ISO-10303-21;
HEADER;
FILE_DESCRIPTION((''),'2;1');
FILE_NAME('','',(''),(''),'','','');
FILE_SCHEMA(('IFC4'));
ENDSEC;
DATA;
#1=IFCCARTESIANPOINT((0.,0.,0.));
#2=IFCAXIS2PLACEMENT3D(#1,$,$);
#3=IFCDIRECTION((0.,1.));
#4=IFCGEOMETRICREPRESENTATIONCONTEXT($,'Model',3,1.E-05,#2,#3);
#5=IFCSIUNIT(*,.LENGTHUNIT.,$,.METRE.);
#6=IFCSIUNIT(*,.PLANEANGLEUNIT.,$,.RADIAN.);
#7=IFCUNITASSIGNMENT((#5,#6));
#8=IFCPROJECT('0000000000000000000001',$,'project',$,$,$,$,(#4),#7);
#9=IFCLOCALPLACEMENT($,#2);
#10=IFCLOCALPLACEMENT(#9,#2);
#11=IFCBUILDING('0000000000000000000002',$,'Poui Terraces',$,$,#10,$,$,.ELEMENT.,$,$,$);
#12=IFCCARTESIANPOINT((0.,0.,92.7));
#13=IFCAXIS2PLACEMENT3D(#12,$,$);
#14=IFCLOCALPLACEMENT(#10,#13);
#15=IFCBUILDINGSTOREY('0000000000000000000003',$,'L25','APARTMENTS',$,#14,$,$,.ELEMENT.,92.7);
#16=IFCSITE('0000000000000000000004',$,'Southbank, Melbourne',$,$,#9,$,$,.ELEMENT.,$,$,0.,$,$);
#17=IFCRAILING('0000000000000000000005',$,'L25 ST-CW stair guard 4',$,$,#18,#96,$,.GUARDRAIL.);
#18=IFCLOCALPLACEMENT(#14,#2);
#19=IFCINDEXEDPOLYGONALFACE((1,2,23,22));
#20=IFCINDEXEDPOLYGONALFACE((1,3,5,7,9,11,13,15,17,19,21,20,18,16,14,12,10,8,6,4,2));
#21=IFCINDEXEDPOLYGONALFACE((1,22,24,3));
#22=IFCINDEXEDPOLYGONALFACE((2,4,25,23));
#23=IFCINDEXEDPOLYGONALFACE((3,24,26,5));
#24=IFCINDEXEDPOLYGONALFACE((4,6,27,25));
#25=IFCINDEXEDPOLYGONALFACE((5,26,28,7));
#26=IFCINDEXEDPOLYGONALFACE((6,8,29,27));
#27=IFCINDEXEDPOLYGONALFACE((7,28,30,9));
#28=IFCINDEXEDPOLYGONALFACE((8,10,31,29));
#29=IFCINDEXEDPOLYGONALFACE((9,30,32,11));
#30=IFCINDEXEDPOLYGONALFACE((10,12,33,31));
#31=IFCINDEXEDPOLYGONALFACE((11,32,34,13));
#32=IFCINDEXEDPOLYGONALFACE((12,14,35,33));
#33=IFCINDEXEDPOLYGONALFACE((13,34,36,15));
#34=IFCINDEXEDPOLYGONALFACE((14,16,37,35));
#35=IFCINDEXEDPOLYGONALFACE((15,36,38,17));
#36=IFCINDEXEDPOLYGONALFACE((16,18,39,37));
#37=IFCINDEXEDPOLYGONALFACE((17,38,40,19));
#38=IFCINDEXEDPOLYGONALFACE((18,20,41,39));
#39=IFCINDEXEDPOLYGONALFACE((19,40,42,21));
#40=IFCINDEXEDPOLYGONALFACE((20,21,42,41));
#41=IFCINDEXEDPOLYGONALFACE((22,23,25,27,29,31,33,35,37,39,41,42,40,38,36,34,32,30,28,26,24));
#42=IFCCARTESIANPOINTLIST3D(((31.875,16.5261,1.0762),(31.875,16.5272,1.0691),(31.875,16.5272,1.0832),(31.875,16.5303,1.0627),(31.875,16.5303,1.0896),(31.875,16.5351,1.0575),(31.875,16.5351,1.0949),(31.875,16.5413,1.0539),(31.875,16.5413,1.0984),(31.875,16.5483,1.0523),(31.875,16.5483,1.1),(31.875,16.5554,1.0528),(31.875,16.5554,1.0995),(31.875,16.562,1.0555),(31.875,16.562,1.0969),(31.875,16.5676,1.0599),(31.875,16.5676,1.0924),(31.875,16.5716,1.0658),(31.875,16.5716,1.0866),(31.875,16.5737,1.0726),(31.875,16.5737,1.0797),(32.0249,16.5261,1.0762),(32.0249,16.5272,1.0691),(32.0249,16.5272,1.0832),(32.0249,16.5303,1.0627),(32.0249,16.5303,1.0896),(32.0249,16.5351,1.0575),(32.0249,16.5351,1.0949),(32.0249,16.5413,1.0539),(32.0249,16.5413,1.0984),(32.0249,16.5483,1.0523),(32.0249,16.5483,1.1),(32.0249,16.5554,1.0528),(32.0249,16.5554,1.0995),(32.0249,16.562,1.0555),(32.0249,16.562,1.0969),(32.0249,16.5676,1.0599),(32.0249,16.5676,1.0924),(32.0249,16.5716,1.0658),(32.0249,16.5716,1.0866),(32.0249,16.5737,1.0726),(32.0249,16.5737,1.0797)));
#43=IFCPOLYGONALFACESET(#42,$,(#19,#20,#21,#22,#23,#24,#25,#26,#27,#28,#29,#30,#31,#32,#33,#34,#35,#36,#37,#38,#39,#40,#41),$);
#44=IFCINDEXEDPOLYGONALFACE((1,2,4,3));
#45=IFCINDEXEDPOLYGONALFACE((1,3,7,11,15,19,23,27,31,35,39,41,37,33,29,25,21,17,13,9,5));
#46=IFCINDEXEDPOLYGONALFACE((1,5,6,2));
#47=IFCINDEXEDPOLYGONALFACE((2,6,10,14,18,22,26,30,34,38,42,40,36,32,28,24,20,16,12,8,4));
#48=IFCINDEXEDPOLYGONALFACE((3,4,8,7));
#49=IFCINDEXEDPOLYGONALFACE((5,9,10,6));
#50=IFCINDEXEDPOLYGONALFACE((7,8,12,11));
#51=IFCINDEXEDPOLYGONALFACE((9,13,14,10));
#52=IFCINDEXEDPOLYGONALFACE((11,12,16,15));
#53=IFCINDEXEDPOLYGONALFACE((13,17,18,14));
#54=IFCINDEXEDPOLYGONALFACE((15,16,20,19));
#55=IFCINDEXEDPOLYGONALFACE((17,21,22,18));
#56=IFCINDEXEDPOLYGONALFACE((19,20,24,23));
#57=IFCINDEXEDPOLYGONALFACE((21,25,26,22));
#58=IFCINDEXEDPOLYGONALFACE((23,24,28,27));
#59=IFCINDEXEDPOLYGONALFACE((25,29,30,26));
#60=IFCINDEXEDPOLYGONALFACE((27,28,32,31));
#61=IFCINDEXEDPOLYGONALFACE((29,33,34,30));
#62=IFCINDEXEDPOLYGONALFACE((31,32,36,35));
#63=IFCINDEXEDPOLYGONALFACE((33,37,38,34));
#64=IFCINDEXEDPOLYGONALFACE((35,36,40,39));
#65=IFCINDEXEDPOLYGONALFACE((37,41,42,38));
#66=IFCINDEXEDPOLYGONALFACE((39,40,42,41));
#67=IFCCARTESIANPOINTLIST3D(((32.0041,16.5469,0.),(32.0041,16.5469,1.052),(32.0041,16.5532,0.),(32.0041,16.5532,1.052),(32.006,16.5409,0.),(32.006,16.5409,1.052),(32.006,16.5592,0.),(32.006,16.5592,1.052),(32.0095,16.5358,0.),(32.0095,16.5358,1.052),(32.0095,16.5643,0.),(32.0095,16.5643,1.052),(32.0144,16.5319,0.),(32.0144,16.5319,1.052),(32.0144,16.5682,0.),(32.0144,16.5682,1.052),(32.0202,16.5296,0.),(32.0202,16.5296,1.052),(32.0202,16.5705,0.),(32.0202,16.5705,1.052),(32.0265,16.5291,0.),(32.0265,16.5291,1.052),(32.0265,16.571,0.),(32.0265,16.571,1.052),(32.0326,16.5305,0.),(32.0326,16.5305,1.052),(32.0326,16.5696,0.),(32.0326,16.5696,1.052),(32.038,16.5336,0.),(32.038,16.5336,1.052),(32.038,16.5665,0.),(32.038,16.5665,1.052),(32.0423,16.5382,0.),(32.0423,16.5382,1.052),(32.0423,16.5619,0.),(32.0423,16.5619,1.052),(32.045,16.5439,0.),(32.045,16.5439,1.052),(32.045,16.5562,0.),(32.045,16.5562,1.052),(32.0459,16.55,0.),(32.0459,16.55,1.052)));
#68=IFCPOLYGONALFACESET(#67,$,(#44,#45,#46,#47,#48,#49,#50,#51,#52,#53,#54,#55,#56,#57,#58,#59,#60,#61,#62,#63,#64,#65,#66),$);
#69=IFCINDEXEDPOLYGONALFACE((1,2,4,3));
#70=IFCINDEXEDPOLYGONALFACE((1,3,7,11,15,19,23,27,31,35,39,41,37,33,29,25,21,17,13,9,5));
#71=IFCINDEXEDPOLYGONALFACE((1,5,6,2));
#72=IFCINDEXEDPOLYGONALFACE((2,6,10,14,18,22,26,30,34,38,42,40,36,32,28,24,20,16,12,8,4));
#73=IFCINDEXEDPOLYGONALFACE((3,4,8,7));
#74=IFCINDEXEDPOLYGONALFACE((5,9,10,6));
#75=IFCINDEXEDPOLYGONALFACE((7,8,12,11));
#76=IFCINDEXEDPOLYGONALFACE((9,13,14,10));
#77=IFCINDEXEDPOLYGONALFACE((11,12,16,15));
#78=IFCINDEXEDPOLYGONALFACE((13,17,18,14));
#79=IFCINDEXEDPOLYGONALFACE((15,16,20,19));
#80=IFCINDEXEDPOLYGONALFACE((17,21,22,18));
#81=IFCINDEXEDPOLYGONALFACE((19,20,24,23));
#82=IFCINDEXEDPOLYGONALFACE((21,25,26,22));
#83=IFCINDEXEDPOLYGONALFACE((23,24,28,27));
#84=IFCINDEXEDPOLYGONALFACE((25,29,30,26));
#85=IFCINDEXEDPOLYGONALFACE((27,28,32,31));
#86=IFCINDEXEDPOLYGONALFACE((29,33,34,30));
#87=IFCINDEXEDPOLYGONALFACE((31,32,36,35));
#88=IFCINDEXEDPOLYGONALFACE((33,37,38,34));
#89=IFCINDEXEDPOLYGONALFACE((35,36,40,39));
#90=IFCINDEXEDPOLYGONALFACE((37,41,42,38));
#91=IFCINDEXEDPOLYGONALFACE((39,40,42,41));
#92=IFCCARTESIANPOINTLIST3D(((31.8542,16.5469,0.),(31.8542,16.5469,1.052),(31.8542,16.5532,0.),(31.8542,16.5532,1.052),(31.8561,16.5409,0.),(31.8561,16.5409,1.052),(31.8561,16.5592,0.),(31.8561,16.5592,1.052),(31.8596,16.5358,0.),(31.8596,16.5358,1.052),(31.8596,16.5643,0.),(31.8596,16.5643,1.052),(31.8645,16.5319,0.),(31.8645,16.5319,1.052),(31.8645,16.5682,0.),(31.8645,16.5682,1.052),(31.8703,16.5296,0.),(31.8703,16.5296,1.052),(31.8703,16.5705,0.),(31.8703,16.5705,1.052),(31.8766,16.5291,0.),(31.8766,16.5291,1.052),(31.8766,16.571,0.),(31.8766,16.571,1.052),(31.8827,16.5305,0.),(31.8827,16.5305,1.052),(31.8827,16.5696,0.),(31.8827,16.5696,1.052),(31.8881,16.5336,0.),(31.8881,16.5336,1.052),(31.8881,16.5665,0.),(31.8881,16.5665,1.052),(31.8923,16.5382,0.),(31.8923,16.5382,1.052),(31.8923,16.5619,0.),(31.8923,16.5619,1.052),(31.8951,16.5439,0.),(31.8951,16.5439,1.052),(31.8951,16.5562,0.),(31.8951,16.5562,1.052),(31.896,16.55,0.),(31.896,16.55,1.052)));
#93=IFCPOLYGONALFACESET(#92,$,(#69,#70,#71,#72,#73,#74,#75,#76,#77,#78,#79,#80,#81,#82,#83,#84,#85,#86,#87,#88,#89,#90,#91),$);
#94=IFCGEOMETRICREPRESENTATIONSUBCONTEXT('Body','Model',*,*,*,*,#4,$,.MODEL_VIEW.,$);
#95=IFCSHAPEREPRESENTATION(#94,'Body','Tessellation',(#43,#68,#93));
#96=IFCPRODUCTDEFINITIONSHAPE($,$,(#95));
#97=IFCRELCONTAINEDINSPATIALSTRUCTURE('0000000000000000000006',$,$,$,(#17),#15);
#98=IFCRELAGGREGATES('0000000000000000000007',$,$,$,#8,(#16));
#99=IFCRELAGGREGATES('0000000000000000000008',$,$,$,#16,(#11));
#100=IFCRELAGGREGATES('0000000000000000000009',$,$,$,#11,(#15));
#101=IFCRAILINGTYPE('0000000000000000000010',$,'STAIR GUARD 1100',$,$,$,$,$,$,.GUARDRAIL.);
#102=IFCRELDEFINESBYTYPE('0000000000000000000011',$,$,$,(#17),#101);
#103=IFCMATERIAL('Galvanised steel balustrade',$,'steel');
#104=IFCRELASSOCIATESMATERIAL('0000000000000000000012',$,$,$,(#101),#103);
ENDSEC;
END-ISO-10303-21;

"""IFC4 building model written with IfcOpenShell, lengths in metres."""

from ifc_helpers import new_model, si_unit, direction, frame, origin, origin_2d, place, context, subcontext, project, spatial, circle, extrude, material, type_object, element, save


model = new_model("IFC4")

# Units and contexts
model_context = context("Model", 3, precision=1e-05, world=origin(), true_north=direction((0.0, 1.0)))
body_context = subcontext(model_context, "Body", "Model", "MODEL_VIEW")
ifc_project = project(units=[si_unit("LENGTHUNIT", "METRE"), si_unit("PLANEANGLEUNIT", "RADIAN")], contexts=[model_context])

# Site, building, storey
site_placement = place(None, origin())
site = spatial("IfcSite", under=ifc_project, at=site_placement, Name="Southbank, Melbourne", CompositionType="ELEMENT", RefElevation=0.0)
building_placement = place(site_placement, origin())
building = spatial("IfcBuilding", under=site, at=building_placement, Name="Poui Terraces", CompositionType="ELEMENT")
storey_placement = place(building_placement, frame((0.0, 0.0, 92.7)))
storey = spatial("IfcBuildingStorey", under=building, at=storey_placement, Name="L25", Description="APARTMENTS", CompositionType="ELEMENT", Elevation=92.7)

# Railing
ifc_material_1 = material(Name="Galvanised steel balustrade", Category="steel")
railing_type_1 = type_object("IfcRailingType", Name="STAIR GUARD 1100", PredefinedType="GUARDRAIL", material=ifc_material_1)
railing_1_placement = place(storey_placement, frame((32.0249, 16.55, 0.0)))
element("IfcRailing", 1, at=railing_1_placement, inside=storey, type_object=railing_type_1, Name="L25 ST-CW stair guard 4", PredefinedType="GUARDRAIL", context=body_context, shape_type="SweptSolid", body=[
    extrude(circle(Radius=0.0239, at=origin_2d()), frame((0.0, 0.0, 1.0762), z_axis=(-1.0, 0.0, 0.0), x_axis=(0.0, -1.0, 0.0)), (0.0, 0.0, 1.0), 0.1499),
    extrude(circle(Radius=0.021, at=origin_2d()), origin(), (0.0, 0.0, 1.0), 1.052),
    extrude(circle(Radius=0.021, at=origin_2d()), frame((-0.1499, 0.0, 0.0)), (0.0, 0.0, 1.0), 1.052),
])

save(model, "model.ifc")
